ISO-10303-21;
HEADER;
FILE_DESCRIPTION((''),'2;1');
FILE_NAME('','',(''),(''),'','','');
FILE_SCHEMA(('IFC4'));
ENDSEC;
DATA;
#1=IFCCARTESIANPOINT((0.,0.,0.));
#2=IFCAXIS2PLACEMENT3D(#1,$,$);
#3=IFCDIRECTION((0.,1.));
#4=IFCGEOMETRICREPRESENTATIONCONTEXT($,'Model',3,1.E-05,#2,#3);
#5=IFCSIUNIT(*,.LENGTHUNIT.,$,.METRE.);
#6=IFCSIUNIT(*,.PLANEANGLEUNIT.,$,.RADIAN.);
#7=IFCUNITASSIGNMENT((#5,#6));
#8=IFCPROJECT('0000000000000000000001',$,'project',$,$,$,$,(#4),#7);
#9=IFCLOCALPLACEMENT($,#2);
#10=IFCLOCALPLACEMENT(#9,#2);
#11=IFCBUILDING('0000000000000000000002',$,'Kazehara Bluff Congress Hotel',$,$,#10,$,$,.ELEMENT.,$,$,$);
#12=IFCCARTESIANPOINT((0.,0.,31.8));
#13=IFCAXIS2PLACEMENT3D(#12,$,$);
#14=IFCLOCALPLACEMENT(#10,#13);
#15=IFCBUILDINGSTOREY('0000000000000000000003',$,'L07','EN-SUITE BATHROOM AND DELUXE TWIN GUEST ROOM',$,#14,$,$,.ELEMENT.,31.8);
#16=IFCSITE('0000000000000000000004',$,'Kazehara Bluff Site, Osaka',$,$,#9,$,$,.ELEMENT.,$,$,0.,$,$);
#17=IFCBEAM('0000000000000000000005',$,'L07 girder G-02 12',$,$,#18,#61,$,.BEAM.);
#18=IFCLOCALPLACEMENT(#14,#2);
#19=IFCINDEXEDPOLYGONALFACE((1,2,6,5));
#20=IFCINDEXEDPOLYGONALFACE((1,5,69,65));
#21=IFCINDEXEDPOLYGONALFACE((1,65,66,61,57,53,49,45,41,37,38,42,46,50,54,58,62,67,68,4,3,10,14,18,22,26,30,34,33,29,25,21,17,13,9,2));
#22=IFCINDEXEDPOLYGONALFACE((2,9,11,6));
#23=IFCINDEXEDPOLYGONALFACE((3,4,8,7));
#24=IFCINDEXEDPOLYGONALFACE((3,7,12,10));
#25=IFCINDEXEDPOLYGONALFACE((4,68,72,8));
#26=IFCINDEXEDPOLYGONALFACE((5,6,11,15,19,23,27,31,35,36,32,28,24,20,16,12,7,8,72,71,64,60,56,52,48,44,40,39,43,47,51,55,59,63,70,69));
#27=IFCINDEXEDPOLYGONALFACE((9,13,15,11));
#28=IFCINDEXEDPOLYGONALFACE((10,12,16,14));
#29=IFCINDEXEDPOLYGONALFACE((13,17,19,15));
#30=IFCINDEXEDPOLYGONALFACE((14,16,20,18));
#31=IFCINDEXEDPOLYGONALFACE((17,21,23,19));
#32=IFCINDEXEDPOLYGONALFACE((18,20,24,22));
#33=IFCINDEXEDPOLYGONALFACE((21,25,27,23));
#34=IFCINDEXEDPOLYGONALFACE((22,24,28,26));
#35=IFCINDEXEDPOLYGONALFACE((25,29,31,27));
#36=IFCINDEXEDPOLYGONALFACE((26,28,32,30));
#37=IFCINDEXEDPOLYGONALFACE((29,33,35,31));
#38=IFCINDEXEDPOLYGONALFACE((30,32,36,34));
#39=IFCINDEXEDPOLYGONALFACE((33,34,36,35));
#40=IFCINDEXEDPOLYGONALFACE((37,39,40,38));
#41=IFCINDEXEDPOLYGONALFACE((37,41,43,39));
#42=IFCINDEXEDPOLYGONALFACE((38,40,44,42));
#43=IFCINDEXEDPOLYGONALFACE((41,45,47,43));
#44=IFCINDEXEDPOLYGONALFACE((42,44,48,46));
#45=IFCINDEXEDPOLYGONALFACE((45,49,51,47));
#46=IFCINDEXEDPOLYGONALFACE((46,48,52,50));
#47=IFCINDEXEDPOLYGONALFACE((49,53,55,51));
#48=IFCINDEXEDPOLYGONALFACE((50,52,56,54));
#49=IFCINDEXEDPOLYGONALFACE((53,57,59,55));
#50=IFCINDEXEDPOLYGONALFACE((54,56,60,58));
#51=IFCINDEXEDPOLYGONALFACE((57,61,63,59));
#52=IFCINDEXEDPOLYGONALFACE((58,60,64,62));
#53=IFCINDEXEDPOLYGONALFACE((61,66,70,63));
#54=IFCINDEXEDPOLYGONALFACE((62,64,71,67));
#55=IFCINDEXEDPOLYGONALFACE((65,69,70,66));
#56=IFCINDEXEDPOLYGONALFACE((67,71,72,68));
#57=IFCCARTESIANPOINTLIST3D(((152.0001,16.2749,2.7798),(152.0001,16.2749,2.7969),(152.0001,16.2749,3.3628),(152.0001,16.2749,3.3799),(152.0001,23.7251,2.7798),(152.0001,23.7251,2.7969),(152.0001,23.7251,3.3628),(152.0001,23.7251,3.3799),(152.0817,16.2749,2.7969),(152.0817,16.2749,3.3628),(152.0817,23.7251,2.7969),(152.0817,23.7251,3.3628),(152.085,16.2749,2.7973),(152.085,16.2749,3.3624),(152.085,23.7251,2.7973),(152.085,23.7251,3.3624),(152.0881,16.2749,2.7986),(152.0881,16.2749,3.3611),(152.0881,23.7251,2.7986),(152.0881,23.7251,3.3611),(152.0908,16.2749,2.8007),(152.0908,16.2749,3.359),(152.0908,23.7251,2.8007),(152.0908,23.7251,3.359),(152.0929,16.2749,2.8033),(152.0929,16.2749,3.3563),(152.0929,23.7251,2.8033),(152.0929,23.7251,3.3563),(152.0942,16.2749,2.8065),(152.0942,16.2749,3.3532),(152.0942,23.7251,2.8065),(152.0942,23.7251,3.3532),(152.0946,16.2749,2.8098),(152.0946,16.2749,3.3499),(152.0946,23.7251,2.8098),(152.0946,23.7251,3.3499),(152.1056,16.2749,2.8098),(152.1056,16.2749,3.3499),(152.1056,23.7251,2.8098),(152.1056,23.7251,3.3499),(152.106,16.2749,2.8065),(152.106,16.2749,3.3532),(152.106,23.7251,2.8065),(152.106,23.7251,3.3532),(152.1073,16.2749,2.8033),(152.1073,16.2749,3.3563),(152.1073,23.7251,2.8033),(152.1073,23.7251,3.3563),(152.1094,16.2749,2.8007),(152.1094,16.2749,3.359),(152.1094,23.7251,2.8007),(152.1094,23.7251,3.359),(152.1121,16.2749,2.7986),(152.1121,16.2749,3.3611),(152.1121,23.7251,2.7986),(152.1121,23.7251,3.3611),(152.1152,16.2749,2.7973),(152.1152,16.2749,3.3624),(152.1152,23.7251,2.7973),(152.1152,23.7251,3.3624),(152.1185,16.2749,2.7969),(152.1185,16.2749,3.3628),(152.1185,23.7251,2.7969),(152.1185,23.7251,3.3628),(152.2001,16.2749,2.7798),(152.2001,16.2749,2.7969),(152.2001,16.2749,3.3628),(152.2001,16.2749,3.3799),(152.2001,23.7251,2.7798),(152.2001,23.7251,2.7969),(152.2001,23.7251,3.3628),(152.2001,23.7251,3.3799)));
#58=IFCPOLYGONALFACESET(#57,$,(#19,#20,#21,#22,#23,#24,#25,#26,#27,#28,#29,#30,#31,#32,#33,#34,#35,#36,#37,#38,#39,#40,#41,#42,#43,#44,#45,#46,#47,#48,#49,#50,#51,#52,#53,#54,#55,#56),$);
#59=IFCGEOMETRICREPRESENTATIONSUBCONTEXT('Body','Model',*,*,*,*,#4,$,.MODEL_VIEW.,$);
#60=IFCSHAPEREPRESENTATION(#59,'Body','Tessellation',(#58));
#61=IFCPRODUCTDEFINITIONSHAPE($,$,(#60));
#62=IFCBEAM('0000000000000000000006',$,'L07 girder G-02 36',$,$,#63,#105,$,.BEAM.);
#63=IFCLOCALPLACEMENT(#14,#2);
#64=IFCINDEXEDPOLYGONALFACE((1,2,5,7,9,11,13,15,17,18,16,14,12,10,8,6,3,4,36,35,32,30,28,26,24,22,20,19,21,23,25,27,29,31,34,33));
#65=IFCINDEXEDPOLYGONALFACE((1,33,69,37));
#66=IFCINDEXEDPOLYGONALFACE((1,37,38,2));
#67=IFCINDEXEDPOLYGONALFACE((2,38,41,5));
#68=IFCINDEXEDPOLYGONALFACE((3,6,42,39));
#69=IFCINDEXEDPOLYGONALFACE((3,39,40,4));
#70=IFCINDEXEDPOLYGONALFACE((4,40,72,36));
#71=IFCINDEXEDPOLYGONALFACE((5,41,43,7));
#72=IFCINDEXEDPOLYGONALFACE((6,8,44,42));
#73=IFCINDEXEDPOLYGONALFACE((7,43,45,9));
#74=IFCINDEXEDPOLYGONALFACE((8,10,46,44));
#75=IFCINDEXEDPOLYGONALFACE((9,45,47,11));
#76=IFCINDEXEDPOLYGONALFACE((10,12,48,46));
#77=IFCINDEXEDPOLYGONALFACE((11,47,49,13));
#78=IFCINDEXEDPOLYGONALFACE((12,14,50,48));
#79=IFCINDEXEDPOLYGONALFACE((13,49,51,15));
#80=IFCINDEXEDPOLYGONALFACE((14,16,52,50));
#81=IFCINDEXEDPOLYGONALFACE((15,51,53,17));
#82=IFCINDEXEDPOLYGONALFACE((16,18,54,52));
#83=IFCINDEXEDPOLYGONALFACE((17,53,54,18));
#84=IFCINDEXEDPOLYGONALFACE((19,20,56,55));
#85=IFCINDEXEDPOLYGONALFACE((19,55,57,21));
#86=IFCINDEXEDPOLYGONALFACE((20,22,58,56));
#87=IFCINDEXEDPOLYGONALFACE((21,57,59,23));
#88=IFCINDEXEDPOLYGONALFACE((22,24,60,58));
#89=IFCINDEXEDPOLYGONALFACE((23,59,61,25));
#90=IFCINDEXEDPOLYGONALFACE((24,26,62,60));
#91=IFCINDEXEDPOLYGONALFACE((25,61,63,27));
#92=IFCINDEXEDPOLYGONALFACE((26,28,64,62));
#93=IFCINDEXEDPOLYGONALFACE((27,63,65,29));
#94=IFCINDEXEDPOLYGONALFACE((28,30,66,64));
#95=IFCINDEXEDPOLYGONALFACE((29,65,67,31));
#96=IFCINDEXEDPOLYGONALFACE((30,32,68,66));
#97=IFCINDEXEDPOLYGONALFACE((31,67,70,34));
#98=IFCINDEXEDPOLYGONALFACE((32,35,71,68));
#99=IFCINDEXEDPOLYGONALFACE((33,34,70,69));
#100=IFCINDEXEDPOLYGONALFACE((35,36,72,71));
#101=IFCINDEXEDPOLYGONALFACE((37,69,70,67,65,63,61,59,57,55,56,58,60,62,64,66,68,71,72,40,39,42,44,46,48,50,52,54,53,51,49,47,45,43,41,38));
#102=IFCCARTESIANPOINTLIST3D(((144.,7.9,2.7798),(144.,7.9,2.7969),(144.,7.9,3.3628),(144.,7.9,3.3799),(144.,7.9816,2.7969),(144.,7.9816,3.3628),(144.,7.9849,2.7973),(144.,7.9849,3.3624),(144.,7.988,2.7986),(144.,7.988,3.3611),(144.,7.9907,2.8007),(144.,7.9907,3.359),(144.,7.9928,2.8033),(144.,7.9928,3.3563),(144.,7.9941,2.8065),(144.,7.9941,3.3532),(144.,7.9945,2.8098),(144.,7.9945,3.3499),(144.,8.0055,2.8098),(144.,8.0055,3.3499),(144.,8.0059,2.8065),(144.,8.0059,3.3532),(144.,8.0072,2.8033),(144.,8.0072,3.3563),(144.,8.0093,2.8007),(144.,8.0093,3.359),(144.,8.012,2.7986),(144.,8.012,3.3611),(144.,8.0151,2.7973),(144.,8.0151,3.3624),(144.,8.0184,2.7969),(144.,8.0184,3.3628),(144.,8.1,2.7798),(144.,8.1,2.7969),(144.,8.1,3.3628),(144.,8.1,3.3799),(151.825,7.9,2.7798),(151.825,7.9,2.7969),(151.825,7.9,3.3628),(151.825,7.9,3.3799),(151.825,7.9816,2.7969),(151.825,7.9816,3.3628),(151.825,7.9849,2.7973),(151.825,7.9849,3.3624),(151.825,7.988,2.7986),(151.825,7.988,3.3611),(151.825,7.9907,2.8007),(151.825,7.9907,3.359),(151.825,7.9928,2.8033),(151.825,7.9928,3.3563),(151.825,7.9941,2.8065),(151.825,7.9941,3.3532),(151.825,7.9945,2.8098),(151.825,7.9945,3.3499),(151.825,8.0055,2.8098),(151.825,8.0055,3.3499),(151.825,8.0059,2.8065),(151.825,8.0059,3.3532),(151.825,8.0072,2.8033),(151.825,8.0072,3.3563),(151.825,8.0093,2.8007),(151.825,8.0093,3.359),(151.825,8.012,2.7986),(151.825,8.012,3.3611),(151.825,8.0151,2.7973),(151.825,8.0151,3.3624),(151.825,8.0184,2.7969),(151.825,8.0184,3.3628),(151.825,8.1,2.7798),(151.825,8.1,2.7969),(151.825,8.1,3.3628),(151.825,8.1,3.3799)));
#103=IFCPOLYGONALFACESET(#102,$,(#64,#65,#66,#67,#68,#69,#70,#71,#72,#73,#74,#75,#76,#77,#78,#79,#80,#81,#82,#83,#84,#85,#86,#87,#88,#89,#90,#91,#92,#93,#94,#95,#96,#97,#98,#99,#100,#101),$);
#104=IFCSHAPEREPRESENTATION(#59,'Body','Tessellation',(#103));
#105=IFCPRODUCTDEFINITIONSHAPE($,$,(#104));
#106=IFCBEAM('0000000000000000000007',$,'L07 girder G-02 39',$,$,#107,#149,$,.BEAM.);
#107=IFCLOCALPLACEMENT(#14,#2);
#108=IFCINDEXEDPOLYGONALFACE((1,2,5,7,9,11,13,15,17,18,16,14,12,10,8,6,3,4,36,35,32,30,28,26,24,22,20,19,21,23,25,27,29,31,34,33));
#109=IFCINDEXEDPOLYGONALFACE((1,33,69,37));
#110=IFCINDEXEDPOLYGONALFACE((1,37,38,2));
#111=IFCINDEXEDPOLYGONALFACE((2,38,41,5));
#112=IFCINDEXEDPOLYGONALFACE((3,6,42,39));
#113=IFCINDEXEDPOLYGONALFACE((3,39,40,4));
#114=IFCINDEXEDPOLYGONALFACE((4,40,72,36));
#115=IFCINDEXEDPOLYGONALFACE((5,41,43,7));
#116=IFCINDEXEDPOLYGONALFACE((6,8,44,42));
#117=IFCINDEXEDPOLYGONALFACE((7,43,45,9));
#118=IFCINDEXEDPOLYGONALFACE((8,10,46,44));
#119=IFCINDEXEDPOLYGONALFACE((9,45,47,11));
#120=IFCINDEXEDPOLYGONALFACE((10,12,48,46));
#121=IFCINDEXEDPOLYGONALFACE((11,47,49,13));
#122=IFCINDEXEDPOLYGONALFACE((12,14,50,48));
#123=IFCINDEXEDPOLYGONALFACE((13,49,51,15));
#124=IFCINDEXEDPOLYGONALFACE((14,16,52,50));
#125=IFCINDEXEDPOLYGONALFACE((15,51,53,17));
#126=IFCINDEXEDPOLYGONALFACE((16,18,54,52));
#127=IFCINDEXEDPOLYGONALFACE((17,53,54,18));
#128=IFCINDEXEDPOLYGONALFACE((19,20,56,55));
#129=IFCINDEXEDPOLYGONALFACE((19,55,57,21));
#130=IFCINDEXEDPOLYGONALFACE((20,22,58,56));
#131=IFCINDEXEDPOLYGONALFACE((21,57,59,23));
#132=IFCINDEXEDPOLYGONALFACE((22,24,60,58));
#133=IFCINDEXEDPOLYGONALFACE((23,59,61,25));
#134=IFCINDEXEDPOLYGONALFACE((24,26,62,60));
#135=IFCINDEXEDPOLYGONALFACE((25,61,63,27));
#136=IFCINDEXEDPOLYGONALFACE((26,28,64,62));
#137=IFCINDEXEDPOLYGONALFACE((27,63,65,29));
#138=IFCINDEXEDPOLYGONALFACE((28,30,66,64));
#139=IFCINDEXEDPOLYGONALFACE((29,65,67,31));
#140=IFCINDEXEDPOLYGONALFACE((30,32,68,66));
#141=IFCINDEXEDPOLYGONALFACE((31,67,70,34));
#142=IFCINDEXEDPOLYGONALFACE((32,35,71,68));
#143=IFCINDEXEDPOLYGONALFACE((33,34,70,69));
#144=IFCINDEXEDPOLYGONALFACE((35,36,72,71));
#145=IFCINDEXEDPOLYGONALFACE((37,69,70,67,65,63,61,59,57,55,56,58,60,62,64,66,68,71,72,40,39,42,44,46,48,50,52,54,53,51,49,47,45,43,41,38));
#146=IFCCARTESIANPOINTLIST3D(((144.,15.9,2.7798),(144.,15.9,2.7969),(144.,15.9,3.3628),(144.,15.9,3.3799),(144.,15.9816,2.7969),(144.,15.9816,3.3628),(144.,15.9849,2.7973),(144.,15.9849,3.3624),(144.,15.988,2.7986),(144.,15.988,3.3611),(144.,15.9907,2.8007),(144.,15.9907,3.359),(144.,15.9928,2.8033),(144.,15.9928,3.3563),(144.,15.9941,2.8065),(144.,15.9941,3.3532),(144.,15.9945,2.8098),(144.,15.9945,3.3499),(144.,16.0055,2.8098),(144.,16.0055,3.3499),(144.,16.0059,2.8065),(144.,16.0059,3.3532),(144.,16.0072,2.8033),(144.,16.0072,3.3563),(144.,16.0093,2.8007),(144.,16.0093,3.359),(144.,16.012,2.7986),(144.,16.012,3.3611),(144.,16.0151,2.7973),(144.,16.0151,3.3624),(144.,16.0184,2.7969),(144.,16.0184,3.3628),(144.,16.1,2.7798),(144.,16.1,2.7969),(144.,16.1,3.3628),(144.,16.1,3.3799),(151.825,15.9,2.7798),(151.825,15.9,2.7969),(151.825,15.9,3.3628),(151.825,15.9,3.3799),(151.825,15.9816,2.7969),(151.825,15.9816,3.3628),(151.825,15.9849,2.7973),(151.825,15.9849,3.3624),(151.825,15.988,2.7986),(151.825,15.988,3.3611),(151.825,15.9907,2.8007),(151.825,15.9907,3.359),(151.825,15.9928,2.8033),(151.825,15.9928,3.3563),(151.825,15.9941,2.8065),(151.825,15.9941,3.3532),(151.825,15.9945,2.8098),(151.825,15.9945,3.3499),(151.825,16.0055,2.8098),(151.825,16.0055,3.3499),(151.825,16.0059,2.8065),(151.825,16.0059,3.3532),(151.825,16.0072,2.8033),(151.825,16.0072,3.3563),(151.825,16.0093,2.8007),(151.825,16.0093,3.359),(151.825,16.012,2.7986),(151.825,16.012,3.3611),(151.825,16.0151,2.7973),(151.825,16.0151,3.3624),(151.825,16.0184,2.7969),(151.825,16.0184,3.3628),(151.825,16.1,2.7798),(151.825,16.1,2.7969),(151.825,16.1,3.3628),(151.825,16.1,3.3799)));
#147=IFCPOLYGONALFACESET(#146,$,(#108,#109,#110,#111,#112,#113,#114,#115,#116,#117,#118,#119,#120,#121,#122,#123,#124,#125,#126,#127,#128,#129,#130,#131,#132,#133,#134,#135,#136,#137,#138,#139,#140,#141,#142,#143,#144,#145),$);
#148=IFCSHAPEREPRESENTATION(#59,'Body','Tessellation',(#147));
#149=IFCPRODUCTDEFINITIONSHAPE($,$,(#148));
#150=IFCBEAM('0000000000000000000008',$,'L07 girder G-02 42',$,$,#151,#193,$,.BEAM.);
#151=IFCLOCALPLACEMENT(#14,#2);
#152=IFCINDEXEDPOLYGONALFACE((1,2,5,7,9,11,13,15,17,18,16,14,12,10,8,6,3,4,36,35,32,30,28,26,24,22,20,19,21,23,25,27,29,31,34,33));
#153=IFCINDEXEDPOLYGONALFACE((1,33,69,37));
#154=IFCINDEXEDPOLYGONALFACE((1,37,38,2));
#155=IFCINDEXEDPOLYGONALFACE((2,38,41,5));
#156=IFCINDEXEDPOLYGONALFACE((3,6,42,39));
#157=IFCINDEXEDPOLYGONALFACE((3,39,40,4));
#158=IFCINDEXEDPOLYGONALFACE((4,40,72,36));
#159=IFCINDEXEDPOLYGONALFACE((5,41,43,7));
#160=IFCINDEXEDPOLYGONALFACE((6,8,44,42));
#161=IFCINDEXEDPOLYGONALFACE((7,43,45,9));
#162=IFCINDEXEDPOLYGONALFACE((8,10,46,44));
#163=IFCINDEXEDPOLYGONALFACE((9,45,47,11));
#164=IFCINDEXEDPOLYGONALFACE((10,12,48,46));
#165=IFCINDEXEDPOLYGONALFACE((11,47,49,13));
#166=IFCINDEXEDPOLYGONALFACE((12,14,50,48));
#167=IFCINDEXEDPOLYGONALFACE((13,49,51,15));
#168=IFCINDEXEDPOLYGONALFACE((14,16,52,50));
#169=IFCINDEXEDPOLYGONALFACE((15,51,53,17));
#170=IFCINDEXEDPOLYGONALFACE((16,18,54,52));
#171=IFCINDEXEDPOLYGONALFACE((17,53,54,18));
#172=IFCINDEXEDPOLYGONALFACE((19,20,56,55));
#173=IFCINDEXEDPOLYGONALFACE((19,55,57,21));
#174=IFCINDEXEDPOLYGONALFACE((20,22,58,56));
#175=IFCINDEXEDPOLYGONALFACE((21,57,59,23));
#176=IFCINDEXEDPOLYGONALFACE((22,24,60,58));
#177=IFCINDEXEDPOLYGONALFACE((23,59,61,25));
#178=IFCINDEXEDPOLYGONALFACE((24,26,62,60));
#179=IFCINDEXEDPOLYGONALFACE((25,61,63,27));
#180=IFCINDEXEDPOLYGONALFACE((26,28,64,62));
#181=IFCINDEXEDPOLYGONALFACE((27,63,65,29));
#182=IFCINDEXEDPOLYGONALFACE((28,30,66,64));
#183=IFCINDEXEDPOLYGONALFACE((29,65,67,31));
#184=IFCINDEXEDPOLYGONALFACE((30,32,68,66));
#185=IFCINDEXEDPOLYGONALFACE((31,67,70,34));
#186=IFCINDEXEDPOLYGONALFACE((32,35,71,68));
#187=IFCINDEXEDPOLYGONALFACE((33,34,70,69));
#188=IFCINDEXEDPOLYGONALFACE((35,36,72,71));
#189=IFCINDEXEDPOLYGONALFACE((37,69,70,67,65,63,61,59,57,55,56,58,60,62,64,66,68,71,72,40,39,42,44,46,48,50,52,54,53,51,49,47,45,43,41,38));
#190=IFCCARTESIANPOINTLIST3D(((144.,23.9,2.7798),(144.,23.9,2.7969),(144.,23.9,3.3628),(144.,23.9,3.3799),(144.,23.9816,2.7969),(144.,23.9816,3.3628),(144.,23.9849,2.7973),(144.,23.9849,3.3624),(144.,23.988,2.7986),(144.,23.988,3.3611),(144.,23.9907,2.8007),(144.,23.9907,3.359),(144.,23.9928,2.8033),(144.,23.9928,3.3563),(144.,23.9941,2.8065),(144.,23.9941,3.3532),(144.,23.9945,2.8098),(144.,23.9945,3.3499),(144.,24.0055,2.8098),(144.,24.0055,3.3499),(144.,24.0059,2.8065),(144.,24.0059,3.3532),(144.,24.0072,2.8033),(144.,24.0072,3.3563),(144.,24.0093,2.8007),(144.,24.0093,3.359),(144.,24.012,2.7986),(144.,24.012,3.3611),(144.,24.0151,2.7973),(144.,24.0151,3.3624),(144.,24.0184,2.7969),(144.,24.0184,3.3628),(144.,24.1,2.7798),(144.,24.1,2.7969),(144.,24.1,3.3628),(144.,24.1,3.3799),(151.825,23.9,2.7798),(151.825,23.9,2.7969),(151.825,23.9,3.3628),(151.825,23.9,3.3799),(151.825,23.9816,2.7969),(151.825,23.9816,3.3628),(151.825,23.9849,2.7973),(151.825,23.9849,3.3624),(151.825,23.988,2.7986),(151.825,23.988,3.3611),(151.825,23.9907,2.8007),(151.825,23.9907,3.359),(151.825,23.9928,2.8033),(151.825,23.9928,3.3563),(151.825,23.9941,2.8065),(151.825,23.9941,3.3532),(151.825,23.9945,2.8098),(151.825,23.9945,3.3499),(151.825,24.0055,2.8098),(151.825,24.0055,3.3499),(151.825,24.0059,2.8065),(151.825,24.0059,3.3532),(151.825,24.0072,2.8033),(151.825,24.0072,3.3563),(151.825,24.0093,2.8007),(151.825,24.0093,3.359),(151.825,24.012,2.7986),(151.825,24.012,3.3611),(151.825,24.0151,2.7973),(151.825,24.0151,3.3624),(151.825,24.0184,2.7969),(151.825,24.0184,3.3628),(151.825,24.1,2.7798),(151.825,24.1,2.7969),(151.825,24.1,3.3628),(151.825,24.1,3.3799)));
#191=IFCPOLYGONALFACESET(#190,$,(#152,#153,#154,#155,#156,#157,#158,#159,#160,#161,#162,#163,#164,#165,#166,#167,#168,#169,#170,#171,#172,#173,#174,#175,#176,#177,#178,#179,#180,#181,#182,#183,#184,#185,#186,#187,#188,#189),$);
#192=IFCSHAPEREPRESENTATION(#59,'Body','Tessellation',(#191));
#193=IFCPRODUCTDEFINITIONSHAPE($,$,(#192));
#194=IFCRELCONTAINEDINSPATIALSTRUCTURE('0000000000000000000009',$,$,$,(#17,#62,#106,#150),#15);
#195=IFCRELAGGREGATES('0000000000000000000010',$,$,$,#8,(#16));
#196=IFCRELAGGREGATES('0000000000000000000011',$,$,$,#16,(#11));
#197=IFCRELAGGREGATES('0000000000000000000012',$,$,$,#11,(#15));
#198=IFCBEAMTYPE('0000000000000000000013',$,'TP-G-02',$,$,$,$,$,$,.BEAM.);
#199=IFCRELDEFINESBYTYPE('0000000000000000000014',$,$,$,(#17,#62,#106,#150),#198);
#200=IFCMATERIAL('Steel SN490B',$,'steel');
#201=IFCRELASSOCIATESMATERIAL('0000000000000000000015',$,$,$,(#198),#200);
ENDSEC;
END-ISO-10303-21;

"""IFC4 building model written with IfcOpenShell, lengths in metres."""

from ifc_helpers import new_model, si_unit, direction, frame, origin, origin_2d, place, context, subcontext, project, spatial, i_section, extrude, material, material_profile, profile_set, type_object, element, save


model = new_model("IFC4")

# Units and contexts
model_context = context("Model", 3, precision=1e-05, world=origin(), true_north=direction((0.0, 1.0)))
body_context = subcontext(model_context, "Body", "Model", "MODEL_VIEW")
ifc_project = project(units=[si_unit("LENGTHUNIT", "METRE"), si_unit("PLANEANGLEUNIT", "RADIAN")], contexts=[model_context])

# Site, building, storey
site_placement = place(None, origin())
site = spatial("IfcSite", under=ifc_project, at=site_placement, Name="Kazehara Bluff Site, Osaka", CompositionType="ELEMENT", RefElevation=0.0)
building_placement = place(site_placement, origin())
building = spatial("IfcBuilding", under=site, at=building_placement, Name="Kazehara Bluff Congress Hotel", CompositionType="ELEMENT")
storey_placement = place(building_placement, frame((0.0, 0.0, 31.8)))
storey = spatial("IfcBuildingStorey", under=building, at=storey_placement, Name="L07", Description="EN-SUITE BATHROOM AND DELUXE TWIN GUEST ROOM", CompositionType="ELEMENT", Elevation=31.8)

# Beams
ifc_material_1 = material(Name="Steel SN490B", Category="steel")
ifc_material_profile_1 = material_profile(ifc_material_1, i_section(OverallWidth=0.2, OverallDepth=0.6001, WebThickness=0.011, FlangeThickness=0.0171, FilletRadius=0.0129, at=origin_2d()))
ifc_profile_set_1 = profile_set([ifc_material_profile_1], Name="Steel SN490B")
beam_type_1 = type_object("IfcBeamType", Name="TP-G-02", PredefinedType="BEAM", material=ifc_profile_set_1)
for number, where, z_axis, x_axis, name in (
    (1, (152.1001, 16.2749, 3.0798), (0.0, 1.0, 0.0), (-1.0, 0.0, 0.0), "L07 girder G-02 12"),
):
    element("IfcBeam", number, at=place(storey_placement, frame(where, z_axis=z_axis, x_axis=x_axis)), inside=storey, type_object=beam_type_1, Name=name, PredefinedType="BEAM", context=body_context, shape_type="SweptSolid", body=[
        extrude(i_section(OverallWidth=0.2, OverallDepth=0.6001, WebThickness=0.011, FlangeThickness=0.0171, FilletRadius=0.0129, at=origin_2d()), origin(), (0.0, 0.0, 1.0), 7.4502),
    ])
for number, where, z_axis, x_axis, name in (
    (2, (144.0, 8.0, 3.0798), (1.0, 0.0, 0.0), (0.0, 1.0, 0.0), "L07 girder G-02 36"),
    (3, (144.0, 16.0, 3.0798), (1.0, 0.0, 0.0), (0.0, 1.0, 0.0), "L07 girder G-02 39"),
    (4, (144.0, 24.0, 3.0798), (1.0, 0.0, 0.0), (0.0, 1.0, 0.0), "L07 girder G-02 42"),
):
    element("IfcBeam", number, at=place(storey_placement, frame(where, z_axis=z_axis, x_axis=x_axis)), inside=storey, type_object=beam_type_1, Name=name, PredefinedType="BEAM", context=body_context, shape_type="SweptSolid", body=[
        extrude(i_section(OverallWidth=0.2, OverallDepth=0.6001, WebThickness=0.011, FlangeThickness=0.0171, FilletRadius=0.0129, at=origin_2d()), origin(), (0.0, 0.0, 1.0), 7.825),
    ])

save(model, "model.ifc")
